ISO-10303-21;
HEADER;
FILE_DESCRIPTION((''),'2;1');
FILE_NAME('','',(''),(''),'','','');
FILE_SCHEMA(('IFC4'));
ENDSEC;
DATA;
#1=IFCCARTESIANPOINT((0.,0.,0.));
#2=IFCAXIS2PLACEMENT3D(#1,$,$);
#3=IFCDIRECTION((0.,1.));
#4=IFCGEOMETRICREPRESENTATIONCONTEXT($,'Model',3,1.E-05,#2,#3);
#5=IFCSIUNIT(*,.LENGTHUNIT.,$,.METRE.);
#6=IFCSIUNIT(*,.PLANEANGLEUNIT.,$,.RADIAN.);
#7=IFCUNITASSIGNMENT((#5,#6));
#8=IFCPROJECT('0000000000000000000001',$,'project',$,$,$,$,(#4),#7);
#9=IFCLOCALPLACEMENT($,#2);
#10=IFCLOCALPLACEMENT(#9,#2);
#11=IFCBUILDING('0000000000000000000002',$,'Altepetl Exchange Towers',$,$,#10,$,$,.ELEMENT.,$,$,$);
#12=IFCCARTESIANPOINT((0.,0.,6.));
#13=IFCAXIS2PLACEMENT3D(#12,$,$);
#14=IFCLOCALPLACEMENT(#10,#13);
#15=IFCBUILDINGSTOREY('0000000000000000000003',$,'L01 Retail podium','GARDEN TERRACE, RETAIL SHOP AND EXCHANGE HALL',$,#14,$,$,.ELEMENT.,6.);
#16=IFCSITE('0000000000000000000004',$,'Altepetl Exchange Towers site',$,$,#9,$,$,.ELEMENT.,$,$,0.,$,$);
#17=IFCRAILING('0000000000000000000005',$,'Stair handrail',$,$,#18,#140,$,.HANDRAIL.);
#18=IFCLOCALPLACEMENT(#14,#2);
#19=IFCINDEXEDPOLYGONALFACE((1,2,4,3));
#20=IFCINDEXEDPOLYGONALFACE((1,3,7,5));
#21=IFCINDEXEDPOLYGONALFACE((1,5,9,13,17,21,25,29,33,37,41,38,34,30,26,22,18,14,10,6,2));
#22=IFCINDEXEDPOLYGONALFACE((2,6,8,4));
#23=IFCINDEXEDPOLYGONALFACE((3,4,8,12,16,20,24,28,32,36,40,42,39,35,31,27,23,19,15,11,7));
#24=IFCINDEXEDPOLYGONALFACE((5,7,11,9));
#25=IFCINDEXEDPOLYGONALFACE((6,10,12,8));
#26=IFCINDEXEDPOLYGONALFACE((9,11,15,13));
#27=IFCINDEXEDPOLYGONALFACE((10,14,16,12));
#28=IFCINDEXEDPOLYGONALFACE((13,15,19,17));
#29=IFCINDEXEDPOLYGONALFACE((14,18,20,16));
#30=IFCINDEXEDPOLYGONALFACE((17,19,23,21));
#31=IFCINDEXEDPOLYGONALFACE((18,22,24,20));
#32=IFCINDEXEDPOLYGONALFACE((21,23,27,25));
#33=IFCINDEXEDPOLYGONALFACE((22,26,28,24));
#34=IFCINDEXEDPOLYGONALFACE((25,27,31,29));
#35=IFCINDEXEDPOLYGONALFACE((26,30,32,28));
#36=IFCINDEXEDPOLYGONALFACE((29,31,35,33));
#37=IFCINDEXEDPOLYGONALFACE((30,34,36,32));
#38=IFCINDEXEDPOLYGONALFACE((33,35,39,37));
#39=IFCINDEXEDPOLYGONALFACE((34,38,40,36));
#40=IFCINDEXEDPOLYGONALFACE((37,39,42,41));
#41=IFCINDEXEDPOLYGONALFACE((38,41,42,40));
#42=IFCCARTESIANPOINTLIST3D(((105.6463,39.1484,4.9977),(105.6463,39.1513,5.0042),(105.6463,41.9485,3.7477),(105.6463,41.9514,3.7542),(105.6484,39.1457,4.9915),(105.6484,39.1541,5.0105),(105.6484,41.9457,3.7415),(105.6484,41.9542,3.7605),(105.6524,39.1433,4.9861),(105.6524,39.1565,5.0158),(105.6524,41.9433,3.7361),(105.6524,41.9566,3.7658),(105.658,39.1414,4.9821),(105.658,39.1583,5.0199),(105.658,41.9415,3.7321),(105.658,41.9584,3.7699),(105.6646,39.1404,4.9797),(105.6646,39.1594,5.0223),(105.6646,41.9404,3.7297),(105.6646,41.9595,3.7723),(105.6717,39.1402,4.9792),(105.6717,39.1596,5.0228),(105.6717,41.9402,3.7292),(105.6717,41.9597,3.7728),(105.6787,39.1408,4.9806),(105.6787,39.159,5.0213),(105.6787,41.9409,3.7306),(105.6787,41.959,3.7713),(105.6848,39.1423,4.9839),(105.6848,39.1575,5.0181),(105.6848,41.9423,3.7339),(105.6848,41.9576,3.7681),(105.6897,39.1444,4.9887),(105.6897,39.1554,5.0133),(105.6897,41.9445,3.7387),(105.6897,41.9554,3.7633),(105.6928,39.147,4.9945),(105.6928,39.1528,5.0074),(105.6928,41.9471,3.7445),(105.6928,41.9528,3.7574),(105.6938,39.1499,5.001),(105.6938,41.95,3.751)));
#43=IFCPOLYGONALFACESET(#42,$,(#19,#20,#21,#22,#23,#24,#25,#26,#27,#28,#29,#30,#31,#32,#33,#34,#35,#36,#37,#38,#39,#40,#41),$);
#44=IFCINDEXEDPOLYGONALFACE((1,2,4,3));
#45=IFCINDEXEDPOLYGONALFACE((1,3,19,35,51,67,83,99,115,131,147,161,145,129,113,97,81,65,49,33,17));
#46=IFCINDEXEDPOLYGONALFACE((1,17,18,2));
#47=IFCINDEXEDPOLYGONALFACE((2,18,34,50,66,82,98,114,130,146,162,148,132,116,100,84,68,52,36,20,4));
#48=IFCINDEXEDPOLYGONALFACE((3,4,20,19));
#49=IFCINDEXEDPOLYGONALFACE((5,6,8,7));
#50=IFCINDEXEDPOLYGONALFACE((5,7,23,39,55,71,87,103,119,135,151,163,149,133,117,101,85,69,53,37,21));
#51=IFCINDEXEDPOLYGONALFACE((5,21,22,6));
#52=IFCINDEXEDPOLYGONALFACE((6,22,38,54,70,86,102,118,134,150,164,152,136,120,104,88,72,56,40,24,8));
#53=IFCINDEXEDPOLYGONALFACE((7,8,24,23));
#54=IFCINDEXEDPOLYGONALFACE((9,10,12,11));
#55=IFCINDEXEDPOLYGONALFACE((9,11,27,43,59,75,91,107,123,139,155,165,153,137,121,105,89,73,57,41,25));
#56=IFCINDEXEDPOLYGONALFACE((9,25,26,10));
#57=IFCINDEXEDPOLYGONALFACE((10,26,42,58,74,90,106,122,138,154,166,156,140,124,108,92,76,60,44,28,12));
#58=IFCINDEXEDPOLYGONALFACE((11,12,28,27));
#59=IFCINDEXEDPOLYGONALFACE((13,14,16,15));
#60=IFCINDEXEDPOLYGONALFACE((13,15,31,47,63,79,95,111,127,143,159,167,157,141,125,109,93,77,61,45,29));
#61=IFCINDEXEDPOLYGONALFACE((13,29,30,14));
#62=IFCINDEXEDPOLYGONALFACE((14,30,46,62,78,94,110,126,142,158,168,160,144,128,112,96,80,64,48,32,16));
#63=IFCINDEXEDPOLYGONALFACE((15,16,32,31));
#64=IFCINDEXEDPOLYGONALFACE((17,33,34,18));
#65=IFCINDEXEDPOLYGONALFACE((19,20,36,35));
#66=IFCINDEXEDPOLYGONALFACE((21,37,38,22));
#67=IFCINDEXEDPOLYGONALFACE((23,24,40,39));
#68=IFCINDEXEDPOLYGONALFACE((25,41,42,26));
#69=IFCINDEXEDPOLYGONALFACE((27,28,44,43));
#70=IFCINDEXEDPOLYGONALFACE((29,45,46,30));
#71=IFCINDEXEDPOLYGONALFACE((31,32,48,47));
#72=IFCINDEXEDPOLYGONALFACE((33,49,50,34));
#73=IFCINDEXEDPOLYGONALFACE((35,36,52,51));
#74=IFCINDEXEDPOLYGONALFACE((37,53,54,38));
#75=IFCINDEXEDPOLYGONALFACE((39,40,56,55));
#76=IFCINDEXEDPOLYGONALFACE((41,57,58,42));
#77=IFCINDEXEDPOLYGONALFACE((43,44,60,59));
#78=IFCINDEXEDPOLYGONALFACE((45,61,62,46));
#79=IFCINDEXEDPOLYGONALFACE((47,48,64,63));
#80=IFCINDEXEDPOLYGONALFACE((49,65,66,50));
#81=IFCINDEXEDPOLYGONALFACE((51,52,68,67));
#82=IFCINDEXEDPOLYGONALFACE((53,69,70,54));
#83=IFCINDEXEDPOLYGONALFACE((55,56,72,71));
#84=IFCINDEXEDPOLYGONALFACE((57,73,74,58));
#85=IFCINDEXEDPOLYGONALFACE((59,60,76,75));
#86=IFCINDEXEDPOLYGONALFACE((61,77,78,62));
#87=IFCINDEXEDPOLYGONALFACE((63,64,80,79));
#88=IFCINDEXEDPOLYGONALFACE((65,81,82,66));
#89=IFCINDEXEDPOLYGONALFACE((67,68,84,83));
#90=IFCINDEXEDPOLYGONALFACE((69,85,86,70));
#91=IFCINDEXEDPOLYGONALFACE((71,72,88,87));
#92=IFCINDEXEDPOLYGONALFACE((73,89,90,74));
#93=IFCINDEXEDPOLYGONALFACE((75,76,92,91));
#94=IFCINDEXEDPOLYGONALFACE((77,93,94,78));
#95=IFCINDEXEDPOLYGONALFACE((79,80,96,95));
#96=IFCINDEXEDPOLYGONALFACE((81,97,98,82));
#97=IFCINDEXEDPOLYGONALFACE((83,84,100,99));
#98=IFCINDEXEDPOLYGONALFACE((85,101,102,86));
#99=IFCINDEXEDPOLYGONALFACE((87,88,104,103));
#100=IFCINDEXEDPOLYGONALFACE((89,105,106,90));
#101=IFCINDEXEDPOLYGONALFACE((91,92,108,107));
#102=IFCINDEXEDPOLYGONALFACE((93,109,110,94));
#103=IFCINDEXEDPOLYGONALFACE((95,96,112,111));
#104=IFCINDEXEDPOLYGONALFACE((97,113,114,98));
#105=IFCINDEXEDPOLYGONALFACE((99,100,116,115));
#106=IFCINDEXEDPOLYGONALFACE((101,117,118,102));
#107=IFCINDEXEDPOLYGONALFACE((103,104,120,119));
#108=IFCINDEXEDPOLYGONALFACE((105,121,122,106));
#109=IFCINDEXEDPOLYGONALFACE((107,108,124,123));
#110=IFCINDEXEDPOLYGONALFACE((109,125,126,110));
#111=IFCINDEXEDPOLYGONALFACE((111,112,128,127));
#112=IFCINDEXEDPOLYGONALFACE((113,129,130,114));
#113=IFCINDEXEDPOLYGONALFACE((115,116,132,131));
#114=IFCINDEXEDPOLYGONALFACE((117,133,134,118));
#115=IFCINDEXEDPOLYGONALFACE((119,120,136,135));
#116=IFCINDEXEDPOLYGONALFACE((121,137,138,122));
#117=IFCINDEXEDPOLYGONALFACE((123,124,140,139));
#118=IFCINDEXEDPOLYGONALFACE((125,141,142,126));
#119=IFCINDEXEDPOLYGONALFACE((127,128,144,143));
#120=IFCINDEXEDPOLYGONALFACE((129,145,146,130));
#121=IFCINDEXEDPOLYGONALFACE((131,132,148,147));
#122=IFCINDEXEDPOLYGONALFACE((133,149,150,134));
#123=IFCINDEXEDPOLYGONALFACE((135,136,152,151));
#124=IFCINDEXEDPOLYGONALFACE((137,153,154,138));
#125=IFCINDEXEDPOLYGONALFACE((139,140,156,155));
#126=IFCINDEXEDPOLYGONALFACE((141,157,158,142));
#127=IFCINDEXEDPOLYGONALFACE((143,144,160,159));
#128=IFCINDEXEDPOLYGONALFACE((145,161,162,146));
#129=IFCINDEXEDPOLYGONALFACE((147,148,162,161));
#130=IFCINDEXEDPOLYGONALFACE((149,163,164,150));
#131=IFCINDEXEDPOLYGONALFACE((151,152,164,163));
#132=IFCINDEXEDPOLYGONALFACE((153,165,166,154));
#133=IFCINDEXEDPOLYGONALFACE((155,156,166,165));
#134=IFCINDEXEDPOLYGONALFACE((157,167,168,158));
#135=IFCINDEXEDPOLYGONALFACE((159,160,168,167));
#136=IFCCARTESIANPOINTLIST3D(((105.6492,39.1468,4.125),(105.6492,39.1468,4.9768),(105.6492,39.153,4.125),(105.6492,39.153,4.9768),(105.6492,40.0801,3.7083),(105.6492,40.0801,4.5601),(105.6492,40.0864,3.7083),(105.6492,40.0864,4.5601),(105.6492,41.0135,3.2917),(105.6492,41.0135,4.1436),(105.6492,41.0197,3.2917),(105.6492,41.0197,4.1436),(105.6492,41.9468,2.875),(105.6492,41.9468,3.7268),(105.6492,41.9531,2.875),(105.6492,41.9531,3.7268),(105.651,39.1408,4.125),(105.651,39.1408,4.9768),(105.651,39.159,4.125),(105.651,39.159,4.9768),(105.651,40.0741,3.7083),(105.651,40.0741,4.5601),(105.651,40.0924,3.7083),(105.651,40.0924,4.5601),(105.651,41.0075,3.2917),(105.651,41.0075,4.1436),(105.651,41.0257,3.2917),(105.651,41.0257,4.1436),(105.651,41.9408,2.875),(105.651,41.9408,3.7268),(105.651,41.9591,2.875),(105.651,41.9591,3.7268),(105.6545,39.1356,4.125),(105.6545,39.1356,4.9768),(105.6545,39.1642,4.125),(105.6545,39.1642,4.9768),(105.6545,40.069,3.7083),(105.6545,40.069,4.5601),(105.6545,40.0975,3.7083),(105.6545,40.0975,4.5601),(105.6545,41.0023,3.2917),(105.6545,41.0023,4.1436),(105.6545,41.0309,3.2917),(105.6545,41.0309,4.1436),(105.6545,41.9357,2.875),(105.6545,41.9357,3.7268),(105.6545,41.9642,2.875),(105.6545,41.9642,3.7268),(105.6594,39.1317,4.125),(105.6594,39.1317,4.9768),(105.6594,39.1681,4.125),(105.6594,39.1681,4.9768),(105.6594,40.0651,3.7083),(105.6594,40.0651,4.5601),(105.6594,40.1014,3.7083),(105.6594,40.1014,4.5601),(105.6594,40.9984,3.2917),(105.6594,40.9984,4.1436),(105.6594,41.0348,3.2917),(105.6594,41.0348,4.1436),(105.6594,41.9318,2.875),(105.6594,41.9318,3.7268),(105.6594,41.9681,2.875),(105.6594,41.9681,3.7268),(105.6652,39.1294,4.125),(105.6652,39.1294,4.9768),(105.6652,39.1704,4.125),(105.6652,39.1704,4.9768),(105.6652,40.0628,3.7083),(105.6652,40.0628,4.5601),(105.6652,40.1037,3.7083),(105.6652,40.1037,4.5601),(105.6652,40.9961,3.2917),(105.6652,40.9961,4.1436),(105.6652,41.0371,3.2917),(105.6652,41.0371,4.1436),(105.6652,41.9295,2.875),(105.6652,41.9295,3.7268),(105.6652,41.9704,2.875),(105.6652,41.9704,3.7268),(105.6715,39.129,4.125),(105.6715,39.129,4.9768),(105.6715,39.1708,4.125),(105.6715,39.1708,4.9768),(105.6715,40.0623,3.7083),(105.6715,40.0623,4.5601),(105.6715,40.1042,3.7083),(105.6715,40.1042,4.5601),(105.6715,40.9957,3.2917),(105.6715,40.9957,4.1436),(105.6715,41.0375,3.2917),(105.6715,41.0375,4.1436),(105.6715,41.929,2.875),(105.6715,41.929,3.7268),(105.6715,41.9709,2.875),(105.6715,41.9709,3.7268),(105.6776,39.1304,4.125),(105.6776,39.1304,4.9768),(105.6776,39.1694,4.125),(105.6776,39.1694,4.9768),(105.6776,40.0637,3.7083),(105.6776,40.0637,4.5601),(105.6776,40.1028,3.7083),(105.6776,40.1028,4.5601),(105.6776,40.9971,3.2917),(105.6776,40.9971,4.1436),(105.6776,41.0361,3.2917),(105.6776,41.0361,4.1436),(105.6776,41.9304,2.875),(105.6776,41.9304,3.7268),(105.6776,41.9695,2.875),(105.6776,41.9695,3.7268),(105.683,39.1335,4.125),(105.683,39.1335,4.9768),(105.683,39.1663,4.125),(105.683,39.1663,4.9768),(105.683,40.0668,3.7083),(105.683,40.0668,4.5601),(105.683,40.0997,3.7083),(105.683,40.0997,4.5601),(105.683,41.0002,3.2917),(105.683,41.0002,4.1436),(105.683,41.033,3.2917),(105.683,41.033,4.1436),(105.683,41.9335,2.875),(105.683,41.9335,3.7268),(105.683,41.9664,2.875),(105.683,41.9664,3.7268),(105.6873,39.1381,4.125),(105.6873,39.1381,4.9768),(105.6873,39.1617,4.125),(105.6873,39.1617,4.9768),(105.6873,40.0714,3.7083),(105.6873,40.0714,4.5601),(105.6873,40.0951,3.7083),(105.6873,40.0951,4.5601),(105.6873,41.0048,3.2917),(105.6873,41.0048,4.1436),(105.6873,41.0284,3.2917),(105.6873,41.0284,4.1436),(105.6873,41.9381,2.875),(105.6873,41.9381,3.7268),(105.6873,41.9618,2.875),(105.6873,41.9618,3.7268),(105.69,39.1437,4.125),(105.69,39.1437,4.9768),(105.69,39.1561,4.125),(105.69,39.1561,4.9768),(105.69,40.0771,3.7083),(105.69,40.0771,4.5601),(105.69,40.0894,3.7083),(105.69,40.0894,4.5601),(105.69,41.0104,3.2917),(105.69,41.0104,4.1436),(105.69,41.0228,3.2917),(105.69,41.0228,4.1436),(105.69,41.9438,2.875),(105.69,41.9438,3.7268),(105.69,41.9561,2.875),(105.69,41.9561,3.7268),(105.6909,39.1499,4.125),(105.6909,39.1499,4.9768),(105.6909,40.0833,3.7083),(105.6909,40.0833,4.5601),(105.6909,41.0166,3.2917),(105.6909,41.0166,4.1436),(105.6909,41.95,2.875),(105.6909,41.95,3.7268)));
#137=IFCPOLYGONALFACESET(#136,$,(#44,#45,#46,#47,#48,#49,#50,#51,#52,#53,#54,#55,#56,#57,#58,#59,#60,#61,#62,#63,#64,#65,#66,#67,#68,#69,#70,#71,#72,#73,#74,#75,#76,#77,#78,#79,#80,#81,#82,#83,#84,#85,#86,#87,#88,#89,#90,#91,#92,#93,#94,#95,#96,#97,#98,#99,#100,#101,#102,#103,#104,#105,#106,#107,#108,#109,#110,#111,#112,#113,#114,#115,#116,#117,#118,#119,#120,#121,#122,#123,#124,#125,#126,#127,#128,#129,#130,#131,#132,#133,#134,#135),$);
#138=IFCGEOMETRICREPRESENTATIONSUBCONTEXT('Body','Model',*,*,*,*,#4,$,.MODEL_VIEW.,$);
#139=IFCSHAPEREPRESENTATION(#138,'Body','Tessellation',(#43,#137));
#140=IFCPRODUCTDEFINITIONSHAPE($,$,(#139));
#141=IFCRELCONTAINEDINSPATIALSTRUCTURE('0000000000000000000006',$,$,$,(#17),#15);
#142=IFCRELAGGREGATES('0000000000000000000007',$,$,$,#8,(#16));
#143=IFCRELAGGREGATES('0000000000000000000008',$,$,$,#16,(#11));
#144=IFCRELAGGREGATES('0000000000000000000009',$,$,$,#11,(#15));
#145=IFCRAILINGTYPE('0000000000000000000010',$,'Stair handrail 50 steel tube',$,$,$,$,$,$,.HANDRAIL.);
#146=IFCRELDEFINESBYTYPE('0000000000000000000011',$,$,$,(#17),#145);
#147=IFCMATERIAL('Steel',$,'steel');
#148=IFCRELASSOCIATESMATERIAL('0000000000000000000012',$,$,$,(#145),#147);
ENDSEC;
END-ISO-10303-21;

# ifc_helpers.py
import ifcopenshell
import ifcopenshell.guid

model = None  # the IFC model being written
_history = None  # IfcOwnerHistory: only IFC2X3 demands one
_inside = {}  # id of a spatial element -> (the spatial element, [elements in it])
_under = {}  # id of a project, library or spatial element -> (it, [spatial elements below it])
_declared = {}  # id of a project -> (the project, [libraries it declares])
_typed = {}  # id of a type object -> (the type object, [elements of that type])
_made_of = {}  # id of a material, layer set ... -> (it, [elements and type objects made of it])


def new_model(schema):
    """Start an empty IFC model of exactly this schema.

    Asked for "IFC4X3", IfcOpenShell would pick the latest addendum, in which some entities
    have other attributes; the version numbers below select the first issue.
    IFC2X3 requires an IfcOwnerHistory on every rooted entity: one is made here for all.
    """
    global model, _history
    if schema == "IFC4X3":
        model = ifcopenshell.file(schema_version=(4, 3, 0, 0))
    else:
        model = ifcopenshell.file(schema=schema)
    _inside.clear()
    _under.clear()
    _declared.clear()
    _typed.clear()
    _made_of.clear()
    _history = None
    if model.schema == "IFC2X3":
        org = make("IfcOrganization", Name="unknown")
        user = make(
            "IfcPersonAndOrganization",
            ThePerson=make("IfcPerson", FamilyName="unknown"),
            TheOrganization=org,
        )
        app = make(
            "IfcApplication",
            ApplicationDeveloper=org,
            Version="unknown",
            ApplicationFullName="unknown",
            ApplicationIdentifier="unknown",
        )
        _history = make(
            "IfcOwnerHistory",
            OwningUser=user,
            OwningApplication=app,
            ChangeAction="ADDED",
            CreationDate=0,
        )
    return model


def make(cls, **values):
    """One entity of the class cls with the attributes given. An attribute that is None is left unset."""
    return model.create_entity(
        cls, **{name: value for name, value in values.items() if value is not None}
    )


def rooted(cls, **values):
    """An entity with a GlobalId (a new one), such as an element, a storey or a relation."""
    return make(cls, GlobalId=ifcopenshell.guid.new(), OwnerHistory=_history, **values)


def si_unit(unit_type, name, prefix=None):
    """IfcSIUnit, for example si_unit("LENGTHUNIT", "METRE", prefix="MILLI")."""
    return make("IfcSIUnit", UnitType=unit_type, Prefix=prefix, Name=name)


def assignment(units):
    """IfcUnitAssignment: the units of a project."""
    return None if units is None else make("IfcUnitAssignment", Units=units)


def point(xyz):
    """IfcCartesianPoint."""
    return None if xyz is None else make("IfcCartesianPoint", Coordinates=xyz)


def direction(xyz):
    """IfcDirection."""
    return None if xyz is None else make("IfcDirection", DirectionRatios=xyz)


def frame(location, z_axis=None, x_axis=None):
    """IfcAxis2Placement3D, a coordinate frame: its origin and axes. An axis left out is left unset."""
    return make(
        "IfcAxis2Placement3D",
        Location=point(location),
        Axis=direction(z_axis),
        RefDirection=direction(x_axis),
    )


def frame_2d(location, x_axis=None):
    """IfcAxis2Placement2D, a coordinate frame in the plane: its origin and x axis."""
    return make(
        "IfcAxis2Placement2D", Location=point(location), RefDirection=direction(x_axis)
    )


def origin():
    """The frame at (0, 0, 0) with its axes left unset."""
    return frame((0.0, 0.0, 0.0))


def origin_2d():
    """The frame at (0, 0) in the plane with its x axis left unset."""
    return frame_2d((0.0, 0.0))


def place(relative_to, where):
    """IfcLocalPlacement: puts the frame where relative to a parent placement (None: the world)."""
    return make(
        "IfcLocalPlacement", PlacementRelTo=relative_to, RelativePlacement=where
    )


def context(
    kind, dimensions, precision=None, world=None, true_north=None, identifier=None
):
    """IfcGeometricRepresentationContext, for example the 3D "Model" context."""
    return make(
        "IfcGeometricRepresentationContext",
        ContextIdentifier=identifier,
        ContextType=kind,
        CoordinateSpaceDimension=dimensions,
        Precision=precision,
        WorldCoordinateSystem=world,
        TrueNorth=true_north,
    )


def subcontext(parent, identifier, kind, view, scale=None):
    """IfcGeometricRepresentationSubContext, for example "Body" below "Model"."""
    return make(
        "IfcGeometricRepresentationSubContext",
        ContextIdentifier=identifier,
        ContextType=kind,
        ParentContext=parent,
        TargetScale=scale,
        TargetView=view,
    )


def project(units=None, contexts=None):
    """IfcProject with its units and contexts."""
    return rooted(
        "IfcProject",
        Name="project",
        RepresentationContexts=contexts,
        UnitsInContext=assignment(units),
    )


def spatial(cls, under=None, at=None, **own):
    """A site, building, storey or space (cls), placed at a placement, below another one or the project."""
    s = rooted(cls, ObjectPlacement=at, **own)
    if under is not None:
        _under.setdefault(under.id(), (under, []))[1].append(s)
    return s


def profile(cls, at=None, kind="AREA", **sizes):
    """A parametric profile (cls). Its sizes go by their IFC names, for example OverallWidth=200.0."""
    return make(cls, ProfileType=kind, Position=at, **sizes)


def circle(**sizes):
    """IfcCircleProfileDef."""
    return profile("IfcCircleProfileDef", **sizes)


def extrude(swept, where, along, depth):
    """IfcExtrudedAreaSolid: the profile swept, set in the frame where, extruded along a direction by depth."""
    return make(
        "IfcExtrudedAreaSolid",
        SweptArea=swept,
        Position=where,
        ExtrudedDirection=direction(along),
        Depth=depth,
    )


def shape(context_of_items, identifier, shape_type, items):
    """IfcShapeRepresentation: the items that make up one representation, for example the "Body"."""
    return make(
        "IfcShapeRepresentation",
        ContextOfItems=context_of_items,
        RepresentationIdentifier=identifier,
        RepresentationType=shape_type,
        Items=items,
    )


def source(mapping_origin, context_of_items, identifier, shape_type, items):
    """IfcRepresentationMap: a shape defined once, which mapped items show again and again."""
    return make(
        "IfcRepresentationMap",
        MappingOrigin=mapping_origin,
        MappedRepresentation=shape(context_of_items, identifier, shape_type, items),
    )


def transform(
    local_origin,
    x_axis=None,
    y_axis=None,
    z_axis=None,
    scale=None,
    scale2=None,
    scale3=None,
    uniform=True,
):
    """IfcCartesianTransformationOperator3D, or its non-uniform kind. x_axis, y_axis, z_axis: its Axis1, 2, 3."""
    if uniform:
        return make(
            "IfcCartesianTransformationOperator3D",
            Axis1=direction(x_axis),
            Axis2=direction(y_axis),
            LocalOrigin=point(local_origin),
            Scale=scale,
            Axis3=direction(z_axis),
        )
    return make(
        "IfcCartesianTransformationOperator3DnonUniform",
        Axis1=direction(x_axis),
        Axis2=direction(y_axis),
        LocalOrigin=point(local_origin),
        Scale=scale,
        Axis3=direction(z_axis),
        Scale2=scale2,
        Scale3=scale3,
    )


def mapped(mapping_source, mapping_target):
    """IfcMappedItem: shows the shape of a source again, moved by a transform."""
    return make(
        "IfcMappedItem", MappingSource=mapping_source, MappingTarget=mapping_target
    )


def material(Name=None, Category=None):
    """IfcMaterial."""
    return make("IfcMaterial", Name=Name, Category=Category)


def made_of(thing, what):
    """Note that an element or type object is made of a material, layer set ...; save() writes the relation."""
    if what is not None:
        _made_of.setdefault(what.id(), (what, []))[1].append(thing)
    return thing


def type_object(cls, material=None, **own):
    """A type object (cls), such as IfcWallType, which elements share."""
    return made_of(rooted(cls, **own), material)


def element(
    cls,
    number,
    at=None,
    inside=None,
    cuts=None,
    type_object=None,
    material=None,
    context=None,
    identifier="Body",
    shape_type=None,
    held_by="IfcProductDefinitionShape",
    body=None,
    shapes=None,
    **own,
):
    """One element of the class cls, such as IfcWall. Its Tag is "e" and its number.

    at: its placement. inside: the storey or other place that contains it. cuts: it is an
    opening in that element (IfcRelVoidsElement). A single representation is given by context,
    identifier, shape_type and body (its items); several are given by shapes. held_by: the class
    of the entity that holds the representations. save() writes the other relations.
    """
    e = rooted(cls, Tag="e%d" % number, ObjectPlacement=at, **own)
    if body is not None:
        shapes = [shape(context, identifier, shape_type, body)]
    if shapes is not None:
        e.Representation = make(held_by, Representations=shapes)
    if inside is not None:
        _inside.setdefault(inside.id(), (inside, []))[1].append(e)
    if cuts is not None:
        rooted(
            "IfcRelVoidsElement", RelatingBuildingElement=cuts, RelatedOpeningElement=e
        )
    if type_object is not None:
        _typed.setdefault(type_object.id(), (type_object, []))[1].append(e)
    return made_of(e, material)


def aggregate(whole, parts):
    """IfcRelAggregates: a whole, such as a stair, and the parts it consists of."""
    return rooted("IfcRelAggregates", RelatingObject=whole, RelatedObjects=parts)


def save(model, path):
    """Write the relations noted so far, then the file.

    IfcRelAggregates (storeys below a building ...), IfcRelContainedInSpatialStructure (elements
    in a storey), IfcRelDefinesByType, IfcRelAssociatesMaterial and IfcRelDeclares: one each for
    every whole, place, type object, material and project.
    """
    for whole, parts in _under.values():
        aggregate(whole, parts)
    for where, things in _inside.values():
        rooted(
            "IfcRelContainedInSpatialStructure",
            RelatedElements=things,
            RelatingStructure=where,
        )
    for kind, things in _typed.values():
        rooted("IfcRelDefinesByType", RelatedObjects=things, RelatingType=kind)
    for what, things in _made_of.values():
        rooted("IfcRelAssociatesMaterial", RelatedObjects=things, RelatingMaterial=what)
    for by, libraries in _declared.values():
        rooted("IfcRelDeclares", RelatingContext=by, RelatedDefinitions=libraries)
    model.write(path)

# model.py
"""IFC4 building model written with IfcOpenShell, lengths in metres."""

from ifc_helpers import new_model, si_unit, direction, frame, origin, origin_2d, place, context, subcontext, project, spatial, circle, extrude, source, transform, mapped, material, type_object, element, save


model = new_model("IFC4")

# Units and contexts
model_context = context("Model", 3, precision=1e-05, world=origin(), true_north=direction((0.0, 1.0)))
body_context = subcontext(model_context, "Body", "Model", "MODEL_VIEW")
ifc_project = project(units=[si_unit("LENGTHUNIT", "METRE"), si_unit("PLANEANGLEUNIT", "RADIAN")], contexts=[model_context])

# Site, building, storey
site_placement = place(None, origin())
site = spatial("IfcSite", under=ifc_project, at=site_placement, Name="Altepetl Exchange Towers site", CompositionType="ELEMENT", RefElevation=0.0)
building_placement = place(site_placement, origin())
building = spatial("IfcBuilding", under=site, at=building_placement, Name="Altepetl Exchange Towers", CompositionType="ELEMENT")
storey_placement = place(building_placement, frame((0.0, 0.0, 6.0)))
storey = spatial("IfcBuildingStorey", under=building, at=storey_placement, Name="L01 Retail podium", Description="GARDEN TERRACE, RETAIL SHOP AND EXCHANGE HALL", CompositionType="ELEMENT", Elevation=6.0)

# Railing
ifc_material_1 = material(Name="Steel", Category="steel")
railing_type = type_object("IfcRailingType", Name="Stair handrail 50 steel tube", PredefinedType="HANDRAIL", material=ifc_material_1)
shared_shape = source(origin(), body_context, "Body", "SweptSolid", [
    extrude(circle(Radius=0.021, at=origin_2d()), origin(), (0.0, 0.0, 1.0), 0.8518),
])
for number, where, name in (
    (1, (105.6699, 41.95, 2.875), "Stair handrail"),
):
    element("IfcRailing", number, at=place(storey_placement, frame(where)), inside=storey, type_object=railing_type, Name=name, PredefinedType="HANDRAIL", context=body_context, shape_type="SweptSolid", body=[
        extrude(circle(Radius=0.0239, at=origin_2d()), frame((0.0, 0.0, 0.876), z_axis=(0.0, -0.913141, 0.407645), x_axis=(1.0, 0.0, 0.0)), (0.0, 0.0, 1.0), 3.0664),
        mapped(shared_shape, transform((0.0, 0.0, 0.0))),
        mapped(shared_shape, transform((0.0, -0.9333, 0.4167))),
        mapped(shared_shape, transform((0.0, -1.8667, 0.8333))),
        mapped(shared_shape, transform((0.0, -2.8, 1.25))),
    ])

save(model, "model.ifc")
